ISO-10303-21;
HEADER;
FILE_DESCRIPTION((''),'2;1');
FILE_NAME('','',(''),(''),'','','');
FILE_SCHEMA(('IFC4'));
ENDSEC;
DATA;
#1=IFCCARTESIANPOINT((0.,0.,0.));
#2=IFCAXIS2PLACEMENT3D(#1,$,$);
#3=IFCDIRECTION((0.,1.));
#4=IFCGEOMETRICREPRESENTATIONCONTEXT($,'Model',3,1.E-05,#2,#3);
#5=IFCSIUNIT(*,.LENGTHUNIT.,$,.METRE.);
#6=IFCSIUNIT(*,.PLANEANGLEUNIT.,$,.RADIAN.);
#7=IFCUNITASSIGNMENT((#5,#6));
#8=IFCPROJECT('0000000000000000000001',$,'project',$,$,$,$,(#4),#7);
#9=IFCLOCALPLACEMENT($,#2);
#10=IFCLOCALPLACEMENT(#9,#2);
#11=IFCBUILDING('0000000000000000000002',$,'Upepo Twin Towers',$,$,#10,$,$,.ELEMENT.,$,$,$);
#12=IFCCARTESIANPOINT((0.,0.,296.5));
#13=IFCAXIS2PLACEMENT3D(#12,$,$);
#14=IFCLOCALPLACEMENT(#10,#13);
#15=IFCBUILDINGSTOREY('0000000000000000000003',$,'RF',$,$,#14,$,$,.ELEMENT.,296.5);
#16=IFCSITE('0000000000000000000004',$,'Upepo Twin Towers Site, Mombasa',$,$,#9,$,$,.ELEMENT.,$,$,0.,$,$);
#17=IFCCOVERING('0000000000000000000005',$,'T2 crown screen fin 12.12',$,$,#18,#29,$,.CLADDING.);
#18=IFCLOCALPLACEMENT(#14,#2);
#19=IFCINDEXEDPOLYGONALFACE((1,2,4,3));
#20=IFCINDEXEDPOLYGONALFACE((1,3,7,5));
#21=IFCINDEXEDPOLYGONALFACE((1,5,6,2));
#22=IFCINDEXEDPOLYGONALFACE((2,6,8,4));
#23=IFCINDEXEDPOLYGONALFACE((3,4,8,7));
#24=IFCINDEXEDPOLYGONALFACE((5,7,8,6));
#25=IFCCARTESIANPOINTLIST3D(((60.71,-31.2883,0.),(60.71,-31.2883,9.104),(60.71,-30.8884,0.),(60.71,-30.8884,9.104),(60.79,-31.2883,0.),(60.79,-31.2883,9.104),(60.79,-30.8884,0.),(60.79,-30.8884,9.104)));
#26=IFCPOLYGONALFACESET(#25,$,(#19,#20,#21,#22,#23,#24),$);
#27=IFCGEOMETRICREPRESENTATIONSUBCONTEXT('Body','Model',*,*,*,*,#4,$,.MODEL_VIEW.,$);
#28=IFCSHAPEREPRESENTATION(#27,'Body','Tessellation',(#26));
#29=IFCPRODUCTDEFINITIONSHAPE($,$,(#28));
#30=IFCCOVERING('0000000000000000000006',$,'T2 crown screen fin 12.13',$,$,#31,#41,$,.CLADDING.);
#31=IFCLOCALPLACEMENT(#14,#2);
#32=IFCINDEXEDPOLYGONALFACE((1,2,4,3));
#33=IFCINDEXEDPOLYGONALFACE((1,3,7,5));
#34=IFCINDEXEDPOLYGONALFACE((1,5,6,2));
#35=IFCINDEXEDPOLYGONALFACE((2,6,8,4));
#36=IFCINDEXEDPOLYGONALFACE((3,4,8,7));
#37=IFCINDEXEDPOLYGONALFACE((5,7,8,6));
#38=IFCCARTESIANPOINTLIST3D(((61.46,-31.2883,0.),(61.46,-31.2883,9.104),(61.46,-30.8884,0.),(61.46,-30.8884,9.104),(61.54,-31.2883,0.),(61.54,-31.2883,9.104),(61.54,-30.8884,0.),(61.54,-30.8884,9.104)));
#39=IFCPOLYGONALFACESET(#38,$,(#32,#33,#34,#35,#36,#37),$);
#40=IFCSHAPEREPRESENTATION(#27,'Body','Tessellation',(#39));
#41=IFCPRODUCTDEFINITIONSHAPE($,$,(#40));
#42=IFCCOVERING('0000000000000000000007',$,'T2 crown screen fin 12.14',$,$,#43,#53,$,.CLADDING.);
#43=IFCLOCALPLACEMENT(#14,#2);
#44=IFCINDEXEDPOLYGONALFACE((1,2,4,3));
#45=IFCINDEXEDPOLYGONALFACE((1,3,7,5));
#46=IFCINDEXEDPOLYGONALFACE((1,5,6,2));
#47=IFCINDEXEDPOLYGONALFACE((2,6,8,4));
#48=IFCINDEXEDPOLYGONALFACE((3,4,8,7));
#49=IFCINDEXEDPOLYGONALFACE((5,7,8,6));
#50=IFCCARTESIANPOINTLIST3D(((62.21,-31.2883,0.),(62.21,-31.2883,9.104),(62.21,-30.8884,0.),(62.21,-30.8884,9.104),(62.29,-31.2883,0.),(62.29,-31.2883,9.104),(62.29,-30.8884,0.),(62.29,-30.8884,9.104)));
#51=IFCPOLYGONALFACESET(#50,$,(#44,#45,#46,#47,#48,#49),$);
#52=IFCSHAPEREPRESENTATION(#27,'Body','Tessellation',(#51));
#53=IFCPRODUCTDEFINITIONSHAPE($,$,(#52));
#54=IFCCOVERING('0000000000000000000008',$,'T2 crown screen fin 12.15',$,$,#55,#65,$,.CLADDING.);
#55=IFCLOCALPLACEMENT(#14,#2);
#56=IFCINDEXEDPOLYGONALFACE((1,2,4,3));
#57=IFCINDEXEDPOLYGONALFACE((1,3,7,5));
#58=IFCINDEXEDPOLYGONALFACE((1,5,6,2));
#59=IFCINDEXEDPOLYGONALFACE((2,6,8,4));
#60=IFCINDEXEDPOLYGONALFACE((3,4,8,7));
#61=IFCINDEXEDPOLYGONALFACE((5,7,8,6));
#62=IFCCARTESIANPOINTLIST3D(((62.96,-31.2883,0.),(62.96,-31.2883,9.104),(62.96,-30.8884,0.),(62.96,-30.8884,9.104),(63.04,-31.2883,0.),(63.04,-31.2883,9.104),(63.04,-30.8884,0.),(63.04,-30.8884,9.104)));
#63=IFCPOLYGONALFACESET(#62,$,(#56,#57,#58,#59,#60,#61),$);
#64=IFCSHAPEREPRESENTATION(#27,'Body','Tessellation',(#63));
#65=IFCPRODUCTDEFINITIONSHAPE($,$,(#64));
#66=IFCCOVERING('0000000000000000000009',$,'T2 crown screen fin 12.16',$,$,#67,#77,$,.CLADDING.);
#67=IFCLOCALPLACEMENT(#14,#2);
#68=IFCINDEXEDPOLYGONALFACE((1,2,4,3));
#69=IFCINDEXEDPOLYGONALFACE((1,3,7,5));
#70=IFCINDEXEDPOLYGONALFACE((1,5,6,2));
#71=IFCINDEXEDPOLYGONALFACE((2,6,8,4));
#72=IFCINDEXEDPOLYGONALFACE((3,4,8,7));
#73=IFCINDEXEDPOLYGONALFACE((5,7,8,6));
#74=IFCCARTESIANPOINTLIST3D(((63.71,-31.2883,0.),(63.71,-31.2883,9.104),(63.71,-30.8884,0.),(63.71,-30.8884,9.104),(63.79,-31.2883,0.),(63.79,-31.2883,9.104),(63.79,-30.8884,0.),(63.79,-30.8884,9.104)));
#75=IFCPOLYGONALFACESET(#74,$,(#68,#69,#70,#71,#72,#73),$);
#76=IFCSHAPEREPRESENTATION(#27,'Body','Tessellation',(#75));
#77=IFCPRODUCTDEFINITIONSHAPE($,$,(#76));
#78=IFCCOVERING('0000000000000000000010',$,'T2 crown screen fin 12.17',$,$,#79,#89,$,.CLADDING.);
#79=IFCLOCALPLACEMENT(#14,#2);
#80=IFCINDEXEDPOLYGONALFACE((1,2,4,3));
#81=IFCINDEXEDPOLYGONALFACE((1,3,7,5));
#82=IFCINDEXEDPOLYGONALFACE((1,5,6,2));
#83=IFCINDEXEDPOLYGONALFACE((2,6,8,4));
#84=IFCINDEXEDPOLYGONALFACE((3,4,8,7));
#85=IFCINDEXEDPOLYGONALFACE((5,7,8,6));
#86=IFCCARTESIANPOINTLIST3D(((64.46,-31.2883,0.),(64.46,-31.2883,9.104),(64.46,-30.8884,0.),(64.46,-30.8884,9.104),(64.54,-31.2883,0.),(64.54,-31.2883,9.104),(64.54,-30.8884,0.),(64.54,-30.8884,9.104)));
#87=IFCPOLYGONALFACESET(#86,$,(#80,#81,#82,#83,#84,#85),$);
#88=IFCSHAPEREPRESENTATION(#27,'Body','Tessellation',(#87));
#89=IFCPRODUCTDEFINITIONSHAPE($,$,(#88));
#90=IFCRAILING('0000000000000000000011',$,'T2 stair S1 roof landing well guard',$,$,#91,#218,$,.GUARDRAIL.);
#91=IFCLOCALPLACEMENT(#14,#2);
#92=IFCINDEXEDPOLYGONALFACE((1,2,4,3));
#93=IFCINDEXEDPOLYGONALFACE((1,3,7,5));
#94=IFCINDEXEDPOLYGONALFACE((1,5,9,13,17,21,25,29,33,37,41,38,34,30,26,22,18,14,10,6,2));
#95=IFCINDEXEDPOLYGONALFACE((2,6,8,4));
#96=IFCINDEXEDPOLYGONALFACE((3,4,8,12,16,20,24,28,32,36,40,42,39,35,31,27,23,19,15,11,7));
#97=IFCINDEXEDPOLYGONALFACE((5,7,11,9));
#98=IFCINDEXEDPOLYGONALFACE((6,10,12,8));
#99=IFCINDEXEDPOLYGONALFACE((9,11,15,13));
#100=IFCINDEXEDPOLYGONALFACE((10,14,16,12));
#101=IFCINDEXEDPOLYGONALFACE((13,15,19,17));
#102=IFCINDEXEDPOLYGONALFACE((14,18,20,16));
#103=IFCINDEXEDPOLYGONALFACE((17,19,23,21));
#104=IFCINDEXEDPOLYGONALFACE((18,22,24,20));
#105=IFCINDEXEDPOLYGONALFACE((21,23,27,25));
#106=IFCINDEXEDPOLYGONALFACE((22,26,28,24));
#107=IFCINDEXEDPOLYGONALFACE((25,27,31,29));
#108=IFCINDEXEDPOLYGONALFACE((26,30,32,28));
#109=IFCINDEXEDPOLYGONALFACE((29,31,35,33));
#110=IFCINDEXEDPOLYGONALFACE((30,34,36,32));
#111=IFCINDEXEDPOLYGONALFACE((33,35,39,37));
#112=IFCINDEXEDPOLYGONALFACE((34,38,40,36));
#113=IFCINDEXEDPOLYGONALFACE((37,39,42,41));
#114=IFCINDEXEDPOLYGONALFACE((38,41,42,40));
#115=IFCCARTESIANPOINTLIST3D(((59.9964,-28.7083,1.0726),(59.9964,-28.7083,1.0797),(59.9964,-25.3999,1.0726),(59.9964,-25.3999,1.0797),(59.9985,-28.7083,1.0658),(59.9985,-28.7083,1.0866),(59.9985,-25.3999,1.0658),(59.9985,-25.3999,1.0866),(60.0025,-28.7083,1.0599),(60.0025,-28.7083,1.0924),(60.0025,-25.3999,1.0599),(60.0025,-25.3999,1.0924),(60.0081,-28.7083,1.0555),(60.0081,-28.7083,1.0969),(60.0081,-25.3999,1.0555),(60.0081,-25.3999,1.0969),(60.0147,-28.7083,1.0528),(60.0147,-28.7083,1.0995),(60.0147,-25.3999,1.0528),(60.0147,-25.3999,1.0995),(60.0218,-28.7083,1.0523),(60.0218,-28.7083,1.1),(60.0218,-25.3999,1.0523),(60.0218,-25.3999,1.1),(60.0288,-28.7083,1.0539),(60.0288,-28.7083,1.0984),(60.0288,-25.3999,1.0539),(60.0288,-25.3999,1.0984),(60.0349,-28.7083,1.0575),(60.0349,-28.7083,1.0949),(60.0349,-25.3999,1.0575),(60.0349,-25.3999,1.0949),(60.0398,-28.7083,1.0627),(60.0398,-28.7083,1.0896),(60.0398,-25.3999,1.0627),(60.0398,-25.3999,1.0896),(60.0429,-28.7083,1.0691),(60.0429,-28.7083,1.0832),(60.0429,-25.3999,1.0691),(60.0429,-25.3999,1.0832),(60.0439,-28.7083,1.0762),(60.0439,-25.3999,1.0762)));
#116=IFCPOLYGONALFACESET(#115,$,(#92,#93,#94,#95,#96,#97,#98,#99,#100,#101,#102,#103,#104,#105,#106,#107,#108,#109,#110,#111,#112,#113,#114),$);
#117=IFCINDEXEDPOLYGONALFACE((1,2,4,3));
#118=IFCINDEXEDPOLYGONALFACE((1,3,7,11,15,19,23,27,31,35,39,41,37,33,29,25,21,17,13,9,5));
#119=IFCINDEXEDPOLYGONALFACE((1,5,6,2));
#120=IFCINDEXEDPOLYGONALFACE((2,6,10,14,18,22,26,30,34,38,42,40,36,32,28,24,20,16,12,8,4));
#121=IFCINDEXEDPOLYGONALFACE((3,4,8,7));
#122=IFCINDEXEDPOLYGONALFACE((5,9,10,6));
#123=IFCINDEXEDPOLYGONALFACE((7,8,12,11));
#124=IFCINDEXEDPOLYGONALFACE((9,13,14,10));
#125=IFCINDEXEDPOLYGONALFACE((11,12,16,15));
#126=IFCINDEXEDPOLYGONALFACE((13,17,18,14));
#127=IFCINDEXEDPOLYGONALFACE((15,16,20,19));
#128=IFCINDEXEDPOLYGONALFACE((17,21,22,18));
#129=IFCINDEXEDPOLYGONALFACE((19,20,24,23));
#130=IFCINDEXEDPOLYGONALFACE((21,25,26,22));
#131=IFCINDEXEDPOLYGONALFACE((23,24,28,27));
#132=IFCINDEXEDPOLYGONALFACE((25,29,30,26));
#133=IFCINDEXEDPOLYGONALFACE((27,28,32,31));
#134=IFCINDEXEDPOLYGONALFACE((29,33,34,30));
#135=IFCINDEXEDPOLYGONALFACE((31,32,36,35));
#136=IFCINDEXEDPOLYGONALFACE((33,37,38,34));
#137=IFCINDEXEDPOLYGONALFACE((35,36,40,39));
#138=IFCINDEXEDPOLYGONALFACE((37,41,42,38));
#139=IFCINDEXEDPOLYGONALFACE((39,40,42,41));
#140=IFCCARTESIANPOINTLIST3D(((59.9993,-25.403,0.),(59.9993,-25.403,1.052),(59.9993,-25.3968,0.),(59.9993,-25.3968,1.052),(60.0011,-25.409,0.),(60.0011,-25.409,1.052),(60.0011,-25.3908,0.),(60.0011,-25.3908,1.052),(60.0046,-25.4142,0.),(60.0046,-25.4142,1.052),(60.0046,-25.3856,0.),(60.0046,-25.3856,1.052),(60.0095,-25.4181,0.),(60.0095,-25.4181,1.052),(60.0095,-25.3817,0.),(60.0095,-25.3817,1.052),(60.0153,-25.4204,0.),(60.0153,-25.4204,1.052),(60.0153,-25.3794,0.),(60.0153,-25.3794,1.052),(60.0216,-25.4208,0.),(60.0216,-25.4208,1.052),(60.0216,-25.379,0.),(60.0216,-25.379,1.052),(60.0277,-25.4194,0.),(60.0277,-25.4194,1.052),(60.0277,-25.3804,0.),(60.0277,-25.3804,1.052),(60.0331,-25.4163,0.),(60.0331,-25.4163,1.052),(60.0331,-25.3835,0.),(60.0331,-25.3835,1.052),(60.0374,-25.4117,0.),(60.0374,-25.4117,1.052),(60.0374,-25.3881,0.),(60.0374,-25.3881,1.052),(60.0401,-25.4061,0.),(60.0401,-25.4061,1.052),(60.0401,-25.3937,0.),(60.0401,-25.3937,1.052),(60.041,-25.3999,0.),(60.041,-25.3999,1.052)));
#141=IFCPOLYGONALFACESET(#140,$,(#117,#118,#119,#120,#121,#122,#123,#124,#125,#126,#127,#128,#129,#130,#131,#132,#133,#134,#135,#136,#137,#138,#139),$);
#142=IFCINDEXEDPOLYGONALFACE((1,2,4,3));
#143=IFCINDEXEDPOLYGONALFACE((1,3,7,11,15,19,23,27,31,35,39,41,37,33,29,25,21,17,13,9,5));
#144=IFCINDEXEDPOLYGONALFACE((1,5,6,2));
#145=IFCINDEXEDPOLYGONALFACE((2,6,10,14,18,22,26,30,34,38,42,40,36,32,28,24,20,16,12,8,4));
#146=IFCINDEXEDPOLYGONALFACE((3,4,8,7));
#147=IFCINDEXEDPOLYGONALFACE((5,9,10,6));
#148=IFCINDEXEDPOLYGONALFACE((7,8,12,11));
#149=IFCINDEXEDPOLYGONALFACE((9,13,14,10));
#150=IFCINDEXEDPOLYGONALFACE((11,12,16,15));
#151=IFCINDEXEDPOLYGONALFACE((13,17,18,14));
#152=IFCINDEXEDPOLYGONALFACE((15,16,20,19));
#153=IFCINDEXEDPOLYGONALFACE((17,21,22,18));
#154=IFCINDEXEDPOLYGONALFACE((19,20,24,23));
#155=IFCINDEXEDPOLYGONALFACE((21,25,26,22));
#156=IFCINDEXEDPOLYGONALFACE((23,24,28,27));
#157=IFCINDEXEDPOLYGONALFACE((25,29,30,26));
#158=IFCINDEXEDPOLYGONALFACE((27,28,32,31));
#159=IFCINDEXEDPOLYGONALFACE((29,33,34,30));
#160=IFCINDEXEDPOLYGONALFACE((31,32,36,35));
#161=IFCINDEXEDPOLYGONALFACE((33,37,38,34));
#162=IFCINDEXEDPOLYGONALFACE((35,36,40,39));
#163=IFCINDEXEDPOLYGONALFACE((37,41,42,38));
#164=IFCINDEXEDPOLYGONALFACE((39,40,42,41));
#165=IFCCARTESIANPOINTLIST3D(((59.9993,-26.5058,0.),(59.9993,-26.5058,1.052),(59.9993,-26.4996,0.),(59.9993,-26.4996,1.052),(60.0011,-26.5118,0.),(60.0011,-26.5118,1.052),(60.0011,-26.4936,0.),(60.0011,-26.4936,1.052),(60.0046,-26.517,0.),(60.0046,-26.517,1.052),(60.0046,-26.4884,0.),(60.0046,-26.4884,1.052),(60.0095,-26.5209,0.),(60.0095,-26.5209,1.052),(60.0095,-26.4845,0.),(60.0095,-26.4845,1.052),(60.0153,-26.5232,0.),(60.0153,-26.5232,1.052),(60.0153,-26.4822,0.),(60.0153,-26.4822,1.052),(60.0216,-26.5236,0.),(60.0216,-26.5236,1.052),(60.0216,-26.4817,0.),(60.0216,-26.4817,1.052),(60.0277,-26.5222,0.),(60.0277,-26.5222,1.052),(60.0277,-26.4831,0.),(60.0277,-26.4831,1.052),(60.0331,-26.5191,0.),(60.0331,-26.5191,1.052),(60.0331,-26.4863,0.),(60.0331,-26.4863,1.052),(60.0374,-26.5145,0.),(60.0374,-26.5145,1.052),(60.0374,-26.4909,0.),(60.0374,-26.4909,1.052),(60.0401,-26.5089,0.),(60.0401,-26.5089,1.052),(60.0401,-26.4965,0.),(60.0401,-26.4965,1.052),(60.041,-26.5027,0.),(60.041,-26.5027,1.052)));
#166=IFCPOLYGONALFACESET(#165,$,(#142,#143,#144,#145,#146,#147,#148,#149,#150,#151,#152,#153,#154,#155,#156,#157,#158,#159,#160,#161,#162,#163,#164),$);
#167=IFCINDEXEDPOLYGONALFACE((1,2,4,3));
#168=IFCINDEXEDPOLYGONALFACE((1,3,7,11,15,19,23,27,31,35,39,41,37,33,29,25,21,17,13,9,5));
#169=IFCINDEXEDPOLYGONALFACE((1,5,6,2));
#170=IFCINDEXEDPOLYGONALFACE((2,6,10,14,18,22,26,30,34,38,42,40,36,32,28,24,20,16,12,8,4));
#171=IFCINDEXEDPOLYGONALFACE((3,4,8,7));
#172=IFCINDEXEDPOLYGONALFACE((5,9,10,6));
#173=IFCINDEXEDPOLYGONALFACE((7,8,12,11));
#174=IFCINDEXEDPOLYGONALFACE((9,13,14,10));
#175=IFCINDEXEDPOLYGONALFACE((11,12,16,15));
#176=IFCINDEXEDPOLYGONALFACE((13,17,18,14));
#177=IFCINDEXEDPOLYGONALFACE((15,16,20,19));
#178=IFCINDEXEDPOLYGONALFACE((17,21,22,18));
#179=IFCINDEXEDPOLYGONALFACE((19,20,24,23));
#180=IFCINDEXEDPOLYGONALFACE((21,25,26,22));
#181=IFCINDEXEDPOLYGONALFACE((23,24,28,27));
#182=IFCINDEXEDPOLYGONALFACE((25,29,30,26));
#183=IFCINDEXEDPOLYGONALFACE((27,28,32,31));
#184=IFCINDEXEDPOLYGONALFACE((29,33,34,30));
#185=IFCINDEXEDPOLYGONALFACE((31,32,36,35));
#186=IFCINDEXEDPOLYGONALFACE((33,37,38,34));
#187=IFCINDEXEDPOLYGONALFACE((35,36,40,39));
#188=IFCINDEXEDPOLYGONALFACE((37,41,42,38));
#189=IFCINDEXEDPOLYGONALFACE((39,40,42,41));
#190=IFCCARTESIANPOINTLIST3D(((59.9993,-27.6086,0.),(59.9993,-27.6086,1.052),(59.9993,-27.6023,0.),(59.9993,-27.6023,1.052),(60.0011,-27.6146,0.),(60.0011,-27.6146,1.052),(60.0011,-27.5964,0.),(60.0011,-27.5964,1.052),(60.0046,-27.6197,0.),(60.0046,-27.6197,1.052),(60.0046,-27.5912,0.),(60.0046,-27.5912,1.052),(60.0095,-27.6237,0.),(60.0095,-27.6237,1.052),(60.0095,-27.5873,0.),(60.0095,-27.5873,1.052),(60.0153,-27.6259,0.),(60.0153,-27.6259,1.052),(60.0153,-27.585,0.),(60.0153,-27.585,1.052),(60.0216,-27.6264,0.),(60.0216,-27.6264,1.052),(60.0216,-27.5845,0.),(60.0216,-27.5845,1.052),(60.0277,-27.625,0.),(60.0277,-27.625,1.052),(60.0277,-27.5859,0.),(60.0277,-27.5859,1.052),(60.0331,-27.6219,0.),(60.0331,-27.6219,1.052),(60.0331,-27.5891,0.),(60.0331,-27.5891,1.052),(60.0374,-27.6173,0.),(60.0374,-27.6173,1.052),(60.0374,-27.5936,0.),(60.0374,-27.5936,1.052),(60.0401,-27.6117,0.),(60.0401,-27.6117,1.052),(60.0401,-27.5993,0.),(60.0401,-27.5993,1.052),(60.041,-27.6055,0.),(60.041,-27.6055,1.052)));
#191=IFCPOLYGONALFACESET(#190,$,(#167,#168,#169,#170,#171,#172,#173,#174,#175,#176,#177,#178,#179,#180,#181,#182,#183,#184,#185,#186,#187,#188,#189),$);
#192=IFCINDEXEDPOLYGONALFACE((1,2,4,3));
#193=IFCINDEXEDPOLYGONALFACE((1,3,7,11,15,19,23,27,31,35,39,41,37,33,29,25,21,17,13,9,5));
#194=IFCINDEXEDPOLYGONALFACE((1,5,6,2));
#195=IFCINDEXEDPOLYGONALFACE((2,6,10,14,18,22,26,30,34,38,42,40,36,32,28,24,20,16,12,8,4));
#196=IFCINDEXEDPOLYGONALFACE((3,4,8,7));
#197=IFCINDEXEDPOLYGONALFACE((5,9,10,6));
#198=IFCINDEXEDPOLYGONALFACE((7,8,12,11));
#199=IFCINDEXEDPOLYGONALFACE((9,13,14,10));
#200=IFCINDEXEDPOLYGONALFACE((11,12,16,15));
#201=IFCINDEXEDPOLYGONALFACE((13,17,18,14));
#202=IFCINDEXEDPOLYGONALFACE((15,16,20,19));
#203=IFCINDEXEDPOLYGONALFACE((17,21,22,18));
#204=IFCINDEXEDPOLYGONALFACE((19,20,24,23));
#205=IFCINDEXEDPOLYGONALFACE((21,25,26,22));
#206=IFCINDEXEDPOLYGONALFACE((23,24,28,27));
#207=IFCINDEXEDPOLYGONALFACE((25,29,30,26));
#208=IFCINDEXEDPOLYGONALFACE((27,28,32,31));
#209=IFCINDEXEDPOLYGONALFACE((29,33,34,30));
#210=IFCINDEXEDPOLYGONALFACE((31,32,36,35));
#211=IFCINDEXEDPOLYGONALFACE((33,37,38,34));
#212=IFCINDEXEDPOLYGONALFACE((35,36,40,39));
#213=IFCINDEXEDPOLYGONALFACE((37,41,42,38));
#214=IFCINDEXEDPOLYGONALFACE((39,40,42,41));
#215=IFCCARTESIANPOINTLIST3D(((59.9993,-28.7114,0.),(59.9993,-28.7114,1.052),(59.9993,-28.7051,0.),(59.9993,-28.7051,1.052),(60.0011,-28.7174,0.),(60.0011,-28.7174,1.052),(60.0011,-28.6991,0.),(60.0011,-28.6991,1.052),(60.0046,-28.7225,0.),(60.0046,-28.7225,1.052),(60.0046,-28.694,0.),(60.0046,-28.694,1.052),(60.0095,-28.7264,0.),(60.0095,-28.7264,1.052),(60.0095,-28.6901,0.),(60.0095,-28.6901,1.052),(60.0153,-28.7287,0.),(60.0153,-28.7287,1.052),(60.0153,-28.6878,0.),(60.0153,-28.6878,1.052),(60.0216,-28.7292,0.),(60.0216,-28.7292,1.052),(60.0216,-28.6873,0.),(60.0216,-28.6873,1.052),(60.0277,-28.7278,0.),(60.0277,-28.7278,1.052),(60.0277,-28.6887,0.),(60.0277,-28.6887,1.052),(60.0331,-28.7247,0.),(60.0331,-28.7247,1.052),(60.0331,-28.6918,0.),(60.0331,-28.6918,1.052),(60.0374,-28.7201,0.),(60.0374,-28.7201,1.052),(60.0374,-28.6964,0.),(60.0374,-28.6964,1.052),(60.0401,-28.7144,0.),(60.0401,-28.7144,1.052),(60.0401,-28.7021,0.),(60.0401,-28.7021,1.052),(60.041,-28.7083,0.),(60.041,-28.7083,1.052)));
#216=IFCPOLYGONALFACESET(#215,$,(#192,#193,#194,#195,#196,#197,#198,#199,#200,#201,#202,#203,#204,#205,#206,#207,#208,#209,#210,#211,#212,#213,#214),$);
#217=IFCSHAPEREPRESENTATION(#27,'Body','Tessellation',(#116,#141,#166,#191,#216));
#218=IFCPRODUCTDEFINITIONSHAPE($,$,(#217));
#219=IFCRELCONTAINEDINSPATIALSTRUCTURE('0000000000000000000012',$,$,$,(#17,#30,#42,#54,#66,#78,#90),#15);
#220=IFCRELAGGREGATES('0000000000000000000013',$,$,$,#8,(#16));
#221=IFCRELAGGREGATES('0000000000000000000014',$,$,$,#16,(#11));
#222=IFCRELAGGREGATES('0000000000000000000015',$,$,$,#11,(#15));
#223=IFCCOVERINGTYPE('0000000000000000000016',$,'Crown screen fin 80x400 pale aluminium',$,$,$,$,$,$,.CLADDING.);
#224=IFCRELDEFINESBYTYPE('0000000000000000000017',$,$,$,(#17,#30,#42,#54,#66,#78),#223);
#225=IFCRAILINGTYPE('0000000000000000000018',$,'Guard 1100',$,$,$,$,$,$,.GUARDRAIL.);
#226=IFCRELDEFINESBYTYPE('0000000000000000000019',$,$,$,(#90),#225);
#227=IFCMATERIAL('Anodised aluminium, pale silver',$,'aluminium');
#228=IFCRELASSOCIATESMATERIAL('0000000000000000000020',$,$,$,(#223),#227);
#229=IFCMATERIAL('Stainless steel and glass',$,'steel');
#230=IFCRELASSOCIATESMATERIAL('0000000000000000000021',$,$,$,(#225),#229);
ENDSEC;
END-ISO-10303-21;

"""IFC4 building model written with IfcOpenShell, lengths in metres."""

from ifc_helpers import new_model, si_unit, direction, frame, origin, origin_2d, place, context, subcontext, project, spatial, rectangle, circle, extrude, material, type_object, element, save


model = new_model("IFC4")

# Units and contexts
model_context = context("Model", 3, precision=1e-05, world=origin(), true_north=direction((0.0, 1.0)))
body_context = subcontext(model_context, "Body", "Model", "MODEL_VIEW")
ifc_project = project(units=[si_unit("LENGTHUNIT", "METRE"), si_unit("PLANEANGLEUNIT", "RADIAN")], contexts=[model_context])

# Site, building, storey
site_placement = place(None, origin())
site = spatial("IfcSite", under=ifc_project, at=site_placement, Name="Upepo Twin Towers Site, Mombasa", CompositionType="ELEMENT", RefElevation=0.0)
building_placement = place(site_placement, origin())
building = spatial("IfcBuilding", under=site, at=building_placement, Name="Upepo Twin Towers", CompositionType="ELEMENT")
storey_placement = place(building_placement, frame((0.0, 0.0, 296.5)))
storey = spatial("IfcBuildingStorey", under=building, at=storey_placement, Name="RF", CompositionType="ELEMENT", Elevation=296.5)

# Coverings
ifc_material_1 = material(Name="Anodised aluminium, pale silver", Category="aluminium")
covering_type = type_object("IfcCoveringType", Name="Crown screen fin 80x400 pale aluminium", PredefinedType="CLADDING", material=ifc_material_1)
for number, where, z_axis, x_axis, name in (
    (1, (60.75, -31.0884, 0.0), (0.0, 0.0, 1.0), (1.0, 0.0, 0.0), "T2 crown screen fin 12.12"),
    (2, (61.5, -31.0884, 0.0), (0.0, 0.0, 1.0), (1.0, 0.0, 0.0), "T2 crown screen fin 12.13"),
    (3, (62.25, -31.0884, 0.0), (0.0, 0.0, 1.0), (1.0, 0.0, 0.0), "T2 crown screen fin 12.14"),
    (4, (63.0, -31.0884, 0.0), (0.0, 0.0, 1.0), (1.0, 0.0, 0.0), "T2 crown screen fin 12.15"),
    (5, (63.75, -31.0884, 0.0), (0.0, 0.0, 1.0), (1.0, 0.0, 0.0), "T2 crown screen fin 12.16"),
    (6, (64.5, -31.0884, 0.0), (0.0, 0.0, 1.0), (1.0, 0.0, 0.0), "T2 crown screen fin 12.17"),
):
    element("IfcCovering", number, at=place(storey_placement, frame(where, z_axis=z_axis, x_axis=x_axis)), inside=storey, type_object=covering_type, Name=name, PredefinedType="CLADDING", context=body_context, shape_type="SweptSolid", body=[
        extrude(rectangle(XDim=0.0801, YDim=0.3999, at=origin_2d()), origin(), (0.0, 0.0, 1.0), 9.104),
    ])

# Railing
ifc_material_2 = material(Name="Stainless steel and glass", Category="steel")
railing_type_1 = type_object("IfcRailingType", Name="Guard 1100", PredefinedType="GUARDRAIL", material=ifc_material_2)
railing_1_placement = place(storey_placement, frame((60.02, -25.3999, 0.0)))
element("IfcRailing", 7, at=railing_1_placement, inside=storey, type_object=railing_type_1, Name="T2 stair S1 roof landing well guard", PredefinedType="GUARDRAIL", context=body_context, shape_type="SweptSolid", body=[
    extrude(circle(Radius=0.0239, at=origin_2d()), frame((0.0, 0.0, 1.0762), z_axis=(0.0, -1.0, 0.0), x_axis=(1.0, 0.0, 0.0)), (0.0, 0.0, 1.0), 3.3083),
    extrude(circle(Radius=0.021, at=origin_2d()), origin(), (0.0, 0.0, 1.0), 1.052),
    extrude(circle(Radius=0.021, at=origin_2d()), frame((0.0, -1.1028, 0.0)), (0.0, 0.0, 1.0), 1.052),
    extrude(circle(Radius=0.021, at=origin_2d()), frame((0.0, -2.2056, 0.0)), (0.0, 0.0, 1.0), 1.052),
    extrude(circle(Radius=0.021, at=origin_2d()), frame((0.0, -3.3083, 0.0)), (0.0, 0.0, 1.0), 1.052),
])

save(model, "model.ifc")
